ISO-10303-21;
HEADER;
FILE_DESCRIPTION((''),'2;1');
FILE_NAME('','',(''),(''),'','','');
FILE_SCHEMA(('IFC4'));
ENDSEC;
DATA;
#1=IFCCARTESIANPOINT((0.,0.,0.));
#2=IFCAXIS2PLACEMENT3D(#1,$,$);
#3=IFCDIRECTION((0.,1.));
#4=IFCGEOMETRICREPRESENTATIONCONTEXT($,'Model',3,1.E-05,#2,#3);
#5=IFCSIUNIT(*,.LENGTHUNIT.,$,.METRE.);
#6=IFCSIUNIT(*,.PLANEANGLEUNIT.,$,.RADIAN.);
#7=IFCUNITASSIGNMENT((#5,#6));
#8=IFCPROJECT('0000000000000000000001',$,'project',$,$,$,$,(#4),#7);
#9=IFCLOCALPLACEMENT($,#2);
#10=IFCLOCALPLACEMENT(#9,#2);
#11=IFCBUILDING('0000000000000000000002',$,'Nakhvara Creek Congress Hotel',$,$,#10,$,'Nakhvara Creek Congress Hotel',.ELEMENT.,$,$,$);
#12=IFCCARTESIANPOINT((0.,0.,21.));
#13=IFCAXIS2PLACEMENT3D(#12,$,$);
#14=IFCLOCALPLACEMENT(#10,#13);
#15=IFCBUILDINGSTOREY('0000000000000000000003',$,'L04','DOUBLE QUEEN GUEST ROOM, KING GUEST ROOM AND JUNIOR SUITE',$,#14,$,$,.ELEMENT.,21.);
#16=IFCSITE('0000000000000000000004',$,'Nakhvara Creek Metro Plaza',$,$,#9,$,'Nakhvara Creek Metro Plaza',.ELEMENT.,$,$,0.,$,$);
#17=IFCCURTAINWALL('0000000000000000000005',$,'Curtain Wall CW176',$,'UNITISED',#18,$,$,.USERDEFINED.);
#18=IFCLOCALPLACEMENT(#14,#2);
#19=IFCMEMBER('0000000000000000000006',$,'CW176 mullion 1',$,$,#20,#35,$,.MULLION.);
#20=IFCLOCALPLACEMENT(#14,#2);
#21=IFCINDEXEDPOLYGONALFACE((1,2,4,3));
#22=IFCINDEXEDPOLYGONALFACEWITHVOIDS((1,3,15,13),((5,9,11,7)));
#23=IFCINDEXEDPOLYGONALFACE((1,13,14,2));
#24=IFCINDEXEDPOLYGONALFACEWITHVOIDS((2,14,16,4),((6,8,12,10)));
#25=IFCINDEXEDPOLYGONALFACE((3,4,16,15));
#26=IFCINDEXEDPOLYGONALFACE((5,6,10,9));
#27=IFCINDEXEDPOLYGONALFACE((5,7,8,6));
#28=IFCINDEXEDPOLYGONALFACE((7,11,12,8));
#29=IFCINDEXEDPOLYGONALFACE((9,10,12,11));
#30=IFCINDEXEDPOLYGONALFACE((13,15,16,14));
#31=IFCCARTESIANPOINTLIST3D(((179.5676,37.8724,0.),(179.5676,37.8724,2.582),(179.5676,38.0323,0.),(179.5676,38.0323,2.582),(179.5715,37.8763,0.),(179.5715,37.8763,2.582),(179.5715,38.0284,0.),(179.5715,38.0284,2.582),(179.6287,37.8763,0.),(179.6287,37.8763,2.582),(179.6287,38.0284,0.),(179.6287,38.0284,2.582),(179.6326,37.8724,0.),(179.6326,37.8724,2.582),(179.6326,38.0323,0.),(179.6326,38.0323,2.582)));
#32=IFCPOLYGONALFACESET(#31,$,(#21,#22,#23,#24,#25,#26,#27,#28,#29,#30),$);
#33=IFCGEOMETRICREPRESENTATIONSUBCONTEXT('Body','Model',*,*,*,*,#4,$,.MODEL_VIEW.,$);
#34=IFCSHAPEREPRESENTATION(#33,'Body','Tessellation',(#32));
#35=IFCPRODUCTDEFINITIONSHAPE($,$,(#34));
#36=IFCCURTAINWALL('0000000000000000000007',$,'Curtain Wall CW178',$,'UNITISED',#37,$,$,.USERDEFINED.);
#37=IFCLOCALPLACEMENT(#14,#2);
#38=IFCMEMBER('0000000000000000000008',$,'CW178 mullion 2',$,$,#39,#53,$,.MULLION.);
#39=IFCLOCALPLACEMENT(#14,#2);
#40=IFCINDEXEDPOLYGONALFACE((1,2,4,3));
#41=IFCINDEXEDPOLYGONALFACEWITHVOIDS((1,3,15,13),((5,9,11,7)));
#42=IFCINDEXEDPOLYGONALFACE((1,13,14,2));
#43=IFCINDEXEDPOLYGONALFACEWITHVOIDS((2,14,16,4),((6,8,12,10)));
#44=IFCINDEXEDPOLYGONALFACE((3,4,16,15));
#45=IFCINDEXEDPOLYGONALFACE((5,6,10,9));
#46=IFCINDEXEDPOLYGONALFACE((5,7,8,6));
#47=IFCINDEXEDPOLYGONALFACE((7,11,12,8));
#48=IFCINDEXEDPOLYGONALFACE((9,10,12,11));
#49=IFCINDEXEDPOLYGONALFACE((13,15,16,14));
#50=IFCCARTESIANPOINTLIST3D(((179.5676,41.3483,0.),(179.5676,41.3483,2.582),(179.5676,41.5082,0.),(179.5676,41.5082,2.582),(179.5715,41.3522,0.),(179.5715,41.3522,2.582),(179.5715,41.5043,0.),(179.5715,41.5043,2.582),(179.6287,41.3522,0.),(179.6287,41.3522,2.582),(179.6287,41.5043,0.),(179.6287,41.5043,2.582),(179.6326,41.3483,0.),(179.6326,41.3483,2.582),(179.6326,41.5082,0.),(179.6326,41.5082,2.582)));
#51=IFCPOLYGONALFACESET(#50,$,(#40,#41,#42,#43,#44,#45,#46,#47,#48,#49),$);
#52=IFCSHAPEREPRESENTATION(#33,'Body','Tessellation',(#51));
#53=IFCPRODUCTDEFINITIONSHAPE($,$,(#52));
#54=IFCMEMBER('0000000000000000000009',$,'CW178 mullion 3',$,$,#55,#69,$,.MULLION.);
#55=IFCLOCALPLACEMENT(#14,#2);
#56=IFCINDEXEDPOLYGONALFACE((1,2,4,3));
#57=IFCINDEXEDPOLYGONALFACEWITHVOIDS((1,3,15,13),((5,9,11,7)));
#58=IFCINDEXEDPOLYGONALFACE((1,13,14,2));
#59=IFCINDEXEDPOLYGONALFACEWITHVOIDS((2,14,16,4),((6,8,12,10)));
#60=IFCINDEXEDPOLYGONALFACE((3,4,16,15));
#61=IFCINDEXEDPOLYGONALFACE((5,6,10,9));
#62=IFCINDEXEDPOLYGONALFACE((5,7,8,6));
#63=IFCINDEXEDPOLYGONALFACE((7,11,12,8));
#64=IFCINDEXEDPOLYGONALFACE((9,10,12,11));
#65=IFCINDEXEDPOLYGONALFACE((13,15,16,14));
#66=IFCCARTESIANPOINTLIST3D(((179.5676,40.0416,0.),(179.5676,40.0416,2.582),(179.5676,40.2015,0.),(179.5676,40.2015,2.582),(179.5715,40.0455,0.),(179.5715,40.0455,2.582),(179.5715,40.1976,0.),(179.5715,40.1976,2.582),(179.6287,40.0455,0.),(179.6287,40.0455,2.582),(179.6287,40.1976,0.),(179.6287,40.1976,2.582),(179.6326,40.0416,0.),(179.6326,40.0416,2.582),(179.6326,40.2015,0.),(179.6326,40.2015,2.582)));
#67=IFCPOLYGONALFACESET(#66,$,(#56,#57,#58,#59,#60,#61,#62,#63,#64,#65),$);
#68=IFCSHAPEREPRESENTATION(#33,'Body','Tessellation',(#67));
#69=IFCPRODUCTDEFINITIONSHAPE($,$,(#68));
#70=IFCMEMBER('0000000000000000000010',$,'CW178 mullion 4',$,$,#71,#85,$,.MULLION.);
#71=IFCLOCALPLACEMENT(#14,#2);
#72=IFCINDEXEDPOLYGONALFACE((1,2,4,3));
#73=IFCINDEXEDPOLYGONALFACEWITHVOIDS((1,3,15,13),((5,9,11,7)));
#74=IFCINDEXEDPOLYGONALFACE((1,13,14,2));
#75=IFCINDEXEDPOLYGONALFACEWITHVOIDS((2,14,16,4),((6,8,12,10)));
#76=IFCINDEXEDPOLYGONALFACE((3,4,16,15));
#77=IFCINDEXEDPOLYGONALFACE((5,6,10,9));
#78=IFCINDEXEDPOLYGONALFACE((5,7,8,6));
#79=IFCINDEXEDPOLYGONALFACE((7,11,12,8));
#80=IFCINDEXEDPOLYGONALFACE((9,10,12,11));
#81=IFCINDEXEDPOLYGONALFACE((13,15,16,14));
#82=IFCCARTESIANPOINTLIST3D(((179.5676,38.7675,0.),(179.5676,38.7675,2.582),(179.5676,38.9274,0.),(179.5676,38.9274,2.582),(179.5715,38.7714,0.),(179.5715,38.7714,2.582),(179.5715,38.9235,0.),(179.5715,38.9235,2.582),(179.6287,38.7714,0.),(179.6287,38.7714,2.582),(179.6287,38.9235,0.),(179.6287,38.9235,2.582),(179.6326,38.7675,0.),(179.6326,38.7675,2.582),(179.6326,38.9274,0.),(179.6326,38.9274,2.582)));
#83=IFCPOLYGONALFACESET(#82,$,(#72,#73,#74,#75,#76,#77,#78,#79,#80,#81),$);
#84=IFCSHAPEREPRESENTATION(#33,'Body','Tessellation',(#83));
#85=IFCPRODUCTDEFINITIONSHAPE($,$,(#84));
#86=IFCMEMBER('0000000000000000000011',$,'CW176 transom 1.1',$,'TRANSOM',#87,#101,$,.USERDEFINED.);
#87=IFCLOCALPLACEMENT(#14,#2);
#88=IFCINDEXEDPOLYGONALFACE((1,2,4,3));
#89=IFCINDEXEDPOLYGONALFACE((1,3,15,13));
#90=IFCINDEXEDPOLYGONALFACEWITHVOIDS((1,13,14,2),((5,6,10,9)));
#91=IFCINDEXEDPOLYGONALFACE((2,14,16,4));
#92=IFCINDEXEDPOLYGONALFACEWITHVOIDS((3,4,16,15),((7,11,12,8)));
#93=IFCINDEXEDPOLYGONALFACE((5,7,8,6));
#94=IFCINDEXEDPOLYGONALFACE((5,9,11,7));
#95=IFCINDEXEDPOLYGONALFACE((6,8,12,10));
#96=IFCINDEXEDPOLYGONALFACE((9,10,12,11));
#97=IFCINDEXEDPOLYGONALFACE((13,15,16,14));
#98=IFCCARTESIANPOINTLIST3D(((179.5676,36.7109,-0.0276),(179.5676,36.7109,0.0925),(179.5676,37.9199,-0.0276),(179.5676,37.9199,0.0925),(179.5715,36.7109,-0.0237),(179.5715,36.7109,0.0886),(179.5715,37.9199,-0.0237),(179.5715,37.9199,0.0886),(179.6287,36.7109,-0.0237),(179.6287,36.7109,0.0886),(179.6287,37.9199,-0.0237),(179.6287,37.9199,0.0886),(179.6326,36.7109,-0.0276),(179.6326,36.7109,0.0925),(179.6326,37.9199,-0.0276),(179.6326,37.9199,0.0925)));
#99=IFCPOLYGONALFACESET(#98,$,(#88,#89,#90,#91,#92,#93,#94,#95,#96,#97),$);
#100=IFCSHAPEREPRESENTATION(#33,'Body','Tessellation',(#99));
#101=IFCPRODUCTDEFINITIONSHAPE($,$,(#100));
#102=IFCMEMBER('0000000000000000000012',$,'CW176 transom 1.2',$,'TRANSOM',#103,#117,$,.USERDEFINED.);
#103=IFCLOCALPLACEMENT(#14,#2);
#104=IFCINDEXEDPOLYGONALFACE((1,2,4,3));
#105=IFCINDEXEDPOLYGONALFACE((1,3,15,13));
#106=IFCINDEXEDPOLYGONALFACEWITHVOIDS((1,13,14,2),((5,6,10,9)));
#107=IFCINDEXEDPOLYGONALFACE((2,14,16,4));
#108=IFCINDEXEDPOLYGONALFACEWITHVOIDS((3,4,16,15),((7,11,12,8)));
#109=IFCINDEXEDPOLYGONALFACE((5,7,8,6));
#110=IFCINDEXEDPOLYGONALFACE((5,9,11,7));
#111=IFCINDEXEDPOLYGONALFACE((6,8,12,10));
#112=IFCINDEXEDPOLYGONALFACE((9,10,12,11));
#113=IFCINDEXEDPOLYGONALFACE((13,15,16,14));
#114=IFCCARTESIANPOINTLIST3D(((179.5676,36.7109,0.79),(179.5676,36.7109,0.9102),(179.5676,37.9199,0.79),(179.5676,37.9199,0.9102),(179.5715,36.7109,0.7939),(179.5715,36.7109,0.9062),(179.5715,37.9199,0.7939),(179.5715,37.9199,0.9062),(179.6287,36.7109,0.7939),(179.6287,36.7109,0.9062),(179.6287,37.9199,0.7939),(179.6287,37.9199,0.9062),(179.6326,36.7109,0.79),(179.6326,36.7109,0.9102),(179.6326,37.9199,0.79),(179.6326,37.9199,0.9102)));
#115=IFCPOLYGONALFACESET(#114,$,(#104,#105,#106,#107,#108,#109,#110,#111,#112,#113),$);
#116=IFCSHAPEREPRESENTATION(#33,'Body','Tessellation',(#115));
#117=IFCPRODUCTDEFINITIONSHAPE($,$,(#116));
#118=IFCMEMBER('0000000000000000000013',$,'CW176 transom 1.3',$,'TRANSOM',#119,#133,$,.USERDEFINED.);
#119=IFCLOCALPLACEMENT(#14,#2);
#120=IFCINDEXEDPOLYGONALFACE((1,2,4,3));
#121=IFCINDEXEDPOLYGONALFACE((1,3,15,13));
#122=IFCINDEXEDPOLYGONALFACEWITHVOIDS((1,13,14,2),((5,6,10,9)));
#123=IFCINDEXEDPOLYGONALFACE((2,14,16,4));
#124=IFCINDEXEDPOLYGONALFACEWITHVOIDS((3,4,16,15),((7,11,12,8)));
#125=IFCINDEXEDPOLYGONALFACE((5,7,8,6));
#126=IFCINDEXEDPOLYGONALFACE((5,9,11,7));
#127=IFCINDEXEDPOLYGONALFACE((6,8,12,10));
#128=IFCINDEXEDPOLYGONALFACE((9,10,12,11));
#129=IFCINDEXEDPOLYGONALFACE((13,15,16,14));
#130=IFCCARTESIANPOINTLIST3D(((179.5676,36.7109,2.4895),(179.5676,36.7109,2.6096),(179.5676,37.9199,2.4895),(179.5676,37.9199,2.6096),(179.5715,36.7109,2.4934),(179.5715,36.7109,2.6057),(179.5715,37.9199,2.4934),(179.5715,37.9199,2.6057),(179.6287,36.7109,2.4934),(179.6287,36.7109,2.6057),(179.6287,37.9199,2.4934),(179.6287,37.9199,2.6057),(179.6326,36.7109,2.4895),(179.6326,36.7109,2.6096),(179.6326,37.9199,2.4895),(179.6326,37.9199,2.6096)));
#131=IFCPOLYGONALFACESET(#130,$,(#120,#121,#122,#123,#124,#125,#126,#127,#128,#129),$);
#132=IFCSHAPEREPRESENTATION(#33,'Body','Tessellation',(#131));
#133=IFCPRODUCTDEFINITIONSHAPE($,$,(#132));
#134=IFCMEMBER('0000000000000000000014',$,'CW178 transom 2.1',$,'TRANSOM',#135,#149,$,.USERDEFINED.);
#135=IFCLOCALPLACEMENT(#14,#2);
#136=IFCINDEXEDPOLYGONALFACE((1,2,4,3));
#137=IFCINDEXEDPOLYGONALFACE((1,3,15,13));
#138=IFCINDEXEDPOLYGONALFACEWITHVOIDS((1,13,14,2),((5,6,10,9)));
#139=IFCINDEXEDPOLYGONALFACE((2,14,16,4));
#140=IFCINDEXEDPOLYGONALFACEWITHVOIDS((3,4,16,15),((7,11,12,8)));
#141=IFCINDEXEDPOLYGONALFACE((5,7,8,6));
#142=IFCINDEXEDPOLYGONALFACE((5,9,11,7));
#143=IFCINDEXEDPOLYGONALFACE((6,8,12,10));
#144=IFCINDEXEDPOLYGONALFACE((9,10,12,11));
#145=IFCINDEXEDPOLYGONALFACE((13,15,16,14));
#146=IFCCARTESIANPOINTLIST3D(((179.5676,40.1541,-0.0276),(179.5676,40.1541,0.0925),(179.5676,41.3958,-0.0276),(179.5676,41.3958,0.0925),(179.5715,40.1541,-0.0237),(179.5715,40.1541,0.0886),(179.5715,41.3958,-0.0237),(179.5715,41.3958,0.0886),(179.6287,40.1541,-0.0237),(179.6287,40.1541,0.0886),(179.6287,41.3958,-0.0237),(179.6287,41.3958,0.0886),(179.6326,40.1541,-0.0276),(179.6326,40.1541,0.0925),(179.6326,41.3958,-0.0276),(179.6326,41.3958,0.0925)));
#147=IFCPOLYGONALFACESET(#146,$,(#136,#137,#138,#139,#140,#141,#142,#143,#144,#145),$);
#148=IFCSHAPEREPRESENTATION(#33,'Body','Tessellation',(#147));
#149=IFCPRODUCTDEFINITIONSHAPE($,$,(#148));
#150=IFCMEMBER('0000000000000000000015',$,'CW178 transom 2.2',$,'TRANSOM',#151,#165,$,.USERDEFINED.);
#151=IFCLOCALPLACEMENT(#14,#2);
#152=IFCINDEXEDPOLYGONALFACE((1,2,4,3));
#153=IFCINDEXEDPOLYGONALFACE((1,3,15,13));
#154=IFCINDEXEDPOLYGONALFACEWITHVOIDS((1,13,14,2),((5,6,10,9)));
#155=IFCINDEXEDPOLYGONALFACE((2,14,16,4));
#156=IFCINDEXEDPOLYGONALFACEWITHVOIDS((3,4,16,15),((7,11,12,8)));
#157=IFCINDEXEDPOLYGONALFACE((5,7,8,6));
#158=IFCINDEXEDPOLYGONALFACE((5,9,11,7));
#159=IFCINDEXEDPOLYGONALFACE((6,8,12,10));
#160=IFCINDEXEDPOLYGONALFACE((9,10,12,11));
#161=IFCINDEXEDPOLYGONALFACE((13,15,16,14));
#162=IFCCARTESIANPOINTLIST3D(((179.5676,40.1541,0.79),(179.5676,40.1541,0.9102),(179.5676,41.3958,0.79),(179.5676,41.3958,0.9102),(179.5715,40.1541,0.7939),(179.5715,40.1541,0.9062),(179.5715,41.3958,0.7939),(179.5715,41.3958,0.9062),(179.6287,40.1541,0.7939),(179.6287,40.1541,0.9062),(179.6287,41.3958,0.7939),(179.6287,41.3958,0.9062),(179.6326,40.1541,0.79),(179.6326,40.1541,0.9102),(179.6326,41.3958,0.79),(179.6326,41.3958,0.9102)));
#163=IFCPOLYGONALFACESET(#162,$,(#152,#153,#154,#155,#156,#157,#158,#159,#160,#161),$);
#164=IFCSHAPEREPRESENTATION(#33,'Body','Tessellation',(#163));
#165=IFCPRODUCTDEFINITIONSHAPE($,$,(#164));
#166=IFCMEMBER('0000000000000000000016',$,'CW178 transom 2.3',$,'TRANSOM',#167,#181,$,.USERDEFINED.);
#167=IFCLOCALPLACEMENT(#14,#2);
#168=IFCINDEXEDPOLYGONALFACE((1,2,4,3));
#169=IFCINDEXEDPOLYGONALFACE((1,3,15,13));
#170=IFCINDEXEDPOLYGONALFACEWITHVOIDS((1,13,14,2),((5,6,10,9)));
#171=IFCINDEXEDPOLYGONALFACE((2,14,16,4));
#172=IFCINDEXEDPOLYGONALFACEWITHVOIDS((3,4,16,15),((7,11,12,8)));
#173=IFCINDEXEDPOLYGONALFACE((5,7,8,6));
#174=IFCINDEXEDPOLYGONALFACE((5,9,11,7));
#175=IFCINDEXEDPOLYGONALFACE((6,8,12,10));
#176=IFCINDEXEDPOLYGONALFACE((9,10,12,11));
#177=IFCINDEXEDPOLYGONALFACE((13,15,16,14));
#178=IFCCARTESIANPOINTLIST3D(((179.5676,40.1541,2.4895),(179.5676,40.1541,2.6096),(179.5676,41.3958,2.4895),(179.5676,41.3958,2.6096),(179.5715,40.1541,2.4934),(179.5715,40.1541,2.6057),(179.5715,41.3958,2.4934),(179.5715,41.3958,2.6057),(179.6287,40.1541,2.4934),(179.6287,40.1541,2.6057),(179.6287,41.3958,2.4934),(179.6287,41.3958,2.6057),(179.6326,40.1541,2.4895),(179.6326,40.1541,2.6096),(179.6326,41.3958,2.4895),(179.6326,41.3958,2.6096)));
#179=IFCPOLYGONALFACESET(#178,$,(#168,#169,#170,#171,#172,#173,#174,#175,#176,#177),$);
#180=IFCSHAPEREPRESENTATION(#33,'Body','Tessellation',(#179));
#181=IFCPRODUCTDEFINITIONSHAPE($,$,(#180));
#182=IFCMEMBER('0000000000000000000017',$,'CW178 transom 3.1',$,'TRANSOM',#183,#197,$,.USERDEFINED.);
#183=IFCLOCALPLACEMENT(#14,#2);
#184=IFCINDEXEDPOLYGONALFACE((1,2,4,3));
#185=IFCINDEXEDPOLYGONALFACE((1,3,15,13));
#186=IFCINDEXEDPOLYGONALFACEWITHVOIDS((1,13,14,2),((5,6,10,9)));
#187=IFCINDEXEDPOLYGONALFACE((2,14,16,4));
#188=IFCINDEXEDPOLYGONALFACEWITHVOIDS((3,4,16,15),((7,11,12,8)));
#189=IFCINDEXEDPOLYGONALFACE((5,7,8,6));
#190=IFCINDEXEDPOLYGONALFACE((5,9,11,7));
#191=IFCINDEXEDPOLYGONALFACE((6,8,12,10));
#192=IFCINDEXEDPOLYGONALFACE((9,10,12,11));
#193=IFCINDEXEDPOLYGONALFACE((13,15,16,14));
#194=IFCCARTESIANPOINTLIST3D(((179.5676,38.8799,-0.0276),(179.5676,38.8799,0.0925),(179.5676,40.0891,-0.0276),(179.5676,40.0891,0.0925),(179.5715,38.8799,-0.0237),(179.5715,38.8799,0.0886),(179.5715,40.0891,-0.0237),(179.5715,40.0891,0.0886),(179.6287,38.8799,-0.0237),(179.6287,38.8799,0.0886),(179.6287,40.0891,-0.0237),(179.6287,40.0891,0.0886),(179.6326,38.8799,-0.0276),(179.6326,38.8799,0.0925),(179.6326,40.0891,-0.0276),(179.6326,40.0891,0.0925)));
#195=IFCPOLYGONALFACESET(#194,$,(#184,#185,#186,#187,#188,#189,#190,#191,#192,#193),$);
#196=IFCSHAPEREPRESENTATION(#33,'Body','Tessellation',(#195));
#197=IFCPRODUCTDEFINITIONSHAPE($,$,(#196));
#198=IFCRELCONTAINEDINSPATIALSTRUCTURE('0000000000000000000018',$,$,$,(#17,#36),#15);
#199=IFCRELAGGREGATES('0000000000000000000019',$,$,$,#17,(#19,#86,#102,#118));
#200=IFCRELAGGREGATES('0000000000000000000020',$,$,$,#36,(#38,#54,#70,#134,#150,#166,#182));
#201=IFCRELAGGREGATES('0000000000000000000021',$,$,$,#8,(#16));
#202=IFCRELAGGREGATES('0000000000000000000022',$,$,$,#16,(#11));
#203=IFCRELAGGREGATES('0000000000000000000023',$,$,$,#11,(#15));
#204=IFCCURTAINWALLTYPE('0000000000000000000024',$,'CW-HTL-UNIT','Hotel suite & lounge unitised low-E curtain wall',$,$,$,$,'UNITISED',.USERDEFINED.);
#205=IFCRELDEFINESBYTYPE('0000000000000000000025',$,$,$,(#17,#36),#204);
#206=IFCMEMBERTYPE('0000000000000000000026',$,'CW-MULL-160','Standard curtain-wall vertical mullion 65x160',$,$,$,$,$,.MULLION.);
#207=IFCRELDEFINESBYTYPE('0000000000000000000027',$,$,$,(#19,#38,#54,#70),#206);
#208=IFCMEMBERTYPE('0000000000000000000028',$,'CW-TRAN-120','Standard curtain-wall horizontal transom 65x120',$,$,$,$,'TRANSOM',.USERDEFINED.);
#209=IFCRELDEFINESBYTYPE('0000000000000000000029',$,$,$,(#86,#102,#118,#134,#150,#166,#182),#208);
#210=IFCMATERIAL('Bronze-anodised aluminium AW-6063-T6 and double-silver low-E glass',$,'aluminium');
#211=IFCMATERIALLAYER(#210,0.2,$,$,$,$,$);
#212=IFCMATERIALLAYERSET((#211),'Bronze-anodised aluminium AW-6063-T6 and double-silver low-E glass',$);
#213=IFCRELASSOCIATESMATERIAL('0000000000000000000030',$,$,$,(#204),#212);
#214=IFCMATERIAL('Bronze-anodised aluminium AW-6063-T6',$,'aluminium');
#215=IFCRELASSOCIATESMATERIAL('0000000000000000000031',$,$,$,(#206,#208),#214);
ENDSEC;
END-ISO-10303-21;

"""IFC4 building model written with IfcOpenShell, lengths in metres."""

from ifc_helpers import new_model, si_unit, direction, frame, origin, origin_2d, place, context, subcontext, project, spatial, hollow_rectangle, extrude, material, layer, layer_set, material_profile, profile_set, type_object, element, aggregate, save


model = new_model("IFC4")

# Units and contexts
model_context = context("Model", 3, precision=1e-05, world=origin(), true_north=direction((0.0, 1.0)))
body_context = subcontext(model_context, "Body", "Model", "MODEL_VIEW")
ifc_project = project(units=[si_unit("LENGTHUNIT", "METRE"), si_unit("PLANEANGLEUNIT", "RADIAN")], contexts=[model_context])

# Site, building, storey
site_placement = place(None, origin())
site = spatial("IfcSite", under=ifc_project, at=site_placement, Name="Nakhvara Creek Metro Plaza", LongName="Nakhvara Creek Metro Plaza", CompositionType="ELEMENT", RefElevation=0.0)
building_placement = place(site_placement, origin())
building = spatial("IfcBuilding", under=site, at=building_placement, Name="Nakhvara Creek Congress Hotel", LongName="Nakhvara Creek Congress Hotel", CompositionType="ELEMENT")
storey_placement = place(building_placement, frame((0.0, 0.0, 21.0)))
storey = spatial("IfcBuildingStorey", under=building, at=storey_placement, Name="L04", Description="DOUBLE QUEEN GUEST ROOM, KING GUEST ROOM AND JUNIOR SUITE", CompositionType="ELEMENT", Elevation=21.0)

# Curtain wall, member
ifc_material_1 = material(Name="Bronze-anodised aluminium AW-6063-T6 and double-silver low-E glass", Category="aluminium")
ifc_layer_1 = layer(ifc_material_1, 0.2)
ifc_layer_set_1 = layer_set([ifc_layer_1], Name="Bronze-anodised aluminium AW-6063-T6 and double-silver low-E glass")
curtain_wall_type = type_object("IfcCurtainWallType", Name="CW-HTL-UNIT", Description="Hotel suite & lounge unitised low-E curtain wall", ElementType="UNITISED", PredefinedType="USERDEFINED", material=ifc_layer_set_1)
curtain_wall_1_placement = place(storey_placement, origin())
curtain_wall_1 = element("IfcCurtainWall", 1, at=curtain_wall_1_placement, inside=storey, type_object=curtain_wall_type, Name="Curtain Wall CW176", ObjectType="UNITISED", PredefinedType="USERDEFINED")
ifc_material_2 = material(Name="Bronze-anodised aluminium AW-6063-T6", Category="aluminium")
ifc_material_profile_1 = material_profile(ifc_material_2, hollow_rectangle(XDim=0.0649, YDim=0.1599, WallThickness=0.0039, at=origin_2d()), Name="ALU-MULL 65x160x4", Category="LoadBearing")
ifc_profile_set_1 = profile_set([ifc_material_profile_1], Name="Bronze-anodised aluminium AW-6063-T6")
member_type_1 = type_object("IfcMemberType", Name="CW-MULL-160", Description="Standard curtain-wall vertical mullion 65x160", PredefinedType="MULLION", material=ifc_profile_set_1)
member_1_placement = place(storey_placement, frame((179.6001, 37.9524, 0.0), z_axis=(0.0, 0.0, 1.0), x_axis=(1.0, 0.0, 0.0)))
member_1 = element("IfcMember", 2, at=member_1_placement, type_object=member_type_1, Name="CW176 mullion 1", PredefinedType="MULLION", context=body_context, shape_type="SweptSolid", body=[
    extrude(hollow_rectangle(XDim=0.0649, YDim=0.1599, WallThickness=0.0039, at=origin_2d()), origin(), (0.0, 0.0, 1.0), 2.582),
])

# Curtain wall, members
curtain_wall_2_placement = place(storey_placement, origin())
curtain_wall_2 = element("IfcCurtainWall", 3, at=curtain_wall_2_placement, inside=storey, type_object=curtain_wall_type, Name="Curtain Wall CW178", ObjectType="UNITISED", PredefinedType="USERDEFINED")
member_2_placement = place(storey_placement, frame((179.6001, 41.4282, 0.0), z_axis=(0.0, 0.0, 1.0), x_axis=(1.0, 0.0, 0.0)))
member_2 = element("IfcMember", 4, at=member_2_placement, type_object=member_type_1, Name="CW178 mullion 2", PredefinedType="MULLION", context=body_context, shape_type="SweptSolid", body=[
    extrude(hollow_rectangle(XDim=0.0649, YDim=0.1599, WallThickness=0.0039, at=origin_2d()), origin(), (0.0, 0.0, 1.0), 2.582),
])
member_3_placement = place(storey_placement, frame((179.6001, 40.1216, 0.0), z_axis=(0.0, 0.0, 1.0), x_axis=(1.0, 0.0, 0.0)))
member_3 = element("IfcMember", 5, at=member_3_placement, type_object=member_type_1, Name="CW178 mullion 3", PredefinedType="MULLION", context=body_context, shape_type="SweptSolid", body=[
    extrude(hollow_rectangle(XDim=0.0649, YDim=0.1599, WallThickness=0.0039, at=origin_2d()), origin(), (0.0, 0.0, 1.0), 2.582),
])
member_4_placement = place(storey_placement, frame((179.6001, 38.8474, 0.0), z_axis=(0.0, 0.0, 1.0), x_axis=(1.0, 0.0, 0.0)))
member_4 = element("IfcMember", 6, at=member_4_placement, type_object=member_type_1, Name="CW178 mullion 4", PredefinedType="MULLION", context=body_context, shape_type="SweptSolid", body=[
    extrude(hollow_rectangle(XDim=0.0649, YDim=0.1599, WallThickness=0.0039, at=origin_2d()), origin(), (0.0, 0.0, 1.0), 2.582),
])

# Members
ifc_material_profile_2 = material_profile(ifc_material_2, hollow_rectangle(XDim=0.0649, YDim=0.1201, WallThickness=0.0039, at=origin_2d()), Name="ALU-TRAN 65x120x4", Category="LoadBearing")
ifc_profile_set_2 = profile_set([ifc_material_profile_2], Name="Bronze-anodised aluminium AW-6063-T6")
member_type_2 = type_object("IfcMemberType", Name="CW-TRAN-120", Description="Standard curtain-wall horizontal transom 65x120", ElementType="TRANSOM", PredefinedType="USERDEFINED", material=ifc_profile_set_2)
member_5_placement = place(storey_placement, frame((179.6001, 37.9199, 0.0325), z_axis=(0.0, -1.0, 0.0), x_axis=(1.0, 0.0, 0.0)))
member_5 = element("IfcMember", 7, at=member_5_placement, type_object=member_type_2, Name="CW176 transom 1.1", ObjectType="TRANSOM", PredefinedType="USERDEFINED", context=body_context, shape_type="SweptSolid", body=[
    extrude(hollow_rectangle(XDim=0.0649, YDim=0.1201, WallThickness=0.0039, at=origin_2d()), origin(), (0.0, 0.0, 1.0), 1.209),
])
member_6_placement = place(storey_placement, frame((179.6001, 37.9199, 0.8501), z_axis=(0.0, -1.0, 0.0), x_axis=(1.0, 0.0, 0.0)))
member_6 = element("IfcMember", 8, at=member_6_placement, type_object=member_type_2, Name="CW176 transom 1.2", ObjectType="TRANSOM", PredefinedType="USERDEFINED", context=body_context, shape_type="SweptSolid", body=[
    extrude(hollow_rectangle(XDim=0.0649, YDim=0.1201, WallThickness=0.0039, at=origin_2d()), origin(), (0.0, 0.0, 1.0), 1.209),
])
member_7_placement = place(storey_placement, frame((179.6001, 37.9199, 2.5496), z_axis=(0.0, -1.0, 0.0), x_axis=(1.0, 0.0, 0.0)))
member_7 = element("IfcMember", 9, at=member_7_placement, type_object=member_type_2, Name="CW176 transom 1.3", ObjectType="TRANSOM", PredefinedType="USERDEFINED", context=body_context, shape_type="SweptSolid", body=[
    extrude(hollow_rectangle(XDim=0.0649, YDim=0.1201, WallThickness=0.0039, at=origin_2d()), origin(), (0.0, 0.0, 1.0), 1.209),
])
aggregate(curtain_wall_1, [member_1, member_5, member_6, member_7])
member_8_placement = place(storey_placement, frame((179.6001, 41.3958, 0.0325), z_axis=(0.0, -1.0, 0.0), x_axis=(1.0, 0.0, 0.0)))
member_8 = element("IfcMember", 10, at=member_8_placement, type_object=member_type_2, Name="CW178 transom 2.1", ObjectType="TRANSOM", PredefinedType="USERDEFINED", context=body_context, shape_type="SweptSolid", body=[
    extrude(hollow_rectangle(XDim=0.0649, YDim=0.1201, WallThickness=0.0039, at=origin_2d()), origin(), (0.0, 0.0, 1.0), 1.2417),
])
member_9_placement = place(storey_placement, frame((179.6001, 41.3958, 0.8501), z_axis=(0.0, -1.0, 0.0), x_axis=(1.0, 0.0, 0.0)))
member_9 = element("IfcMember", 11, at=member_9_placement, type_object=member_type_2, Name="CW178 transom 2.2", ObjectType="TRANSOM", PredefinedType="USERDEFINED", context=body_context, shape_type="SweptSolid", body=[
    extrude(hollow_rectangle(XDim=0.0649, YDim=0.1201, WallThickness=0.0039, at=origin_2d()), origin(), (0.0, 0.0, 1.0), 1.2417),
])
member_10_placement = place(storey_placement, frame((179.6001, 41.3958, 2.5496), z_axis=(0.0, -1.0, 0.0), x_axis=(1.0, 0.0, 0.0)))
member_10 = element("IfcMember", 12, at=member_10_placement, type_object=member_type_2, Name="CW178 transom 2.3", ObjectType="TRANSOM", PredefinedType="USERDEFINED", context=body_context, shape_type="SweptSolid", body=[
    extrude(hollow_rectangle(XDim=0.0649, YDim=0.1201, WallThickness=0.0039, at=origin_2d()), origin(), (0.0, 0.0, 1.0), 1.2417),
])
member_11_placement = place(storey_placement, frame((179.6001, 40.0891, 0.0325), z_axis=(0.0, -1.0, 0.0), x_axis=(1.0, 0.0, 0.0)))
member_11 = element("IfcMember", 13, at=member_11_placement, type_object=member_type_2, Name="CW178 transom 3.1", ObjectType="TRANSOM", PredefinedType="USERDEFINED", context=body_context, shape_type="SweptSolid", body=[
    extrude(hollow_rectangle(XDim=0.0649, YDim=0.1201, WallThickness=0.0039, at=origin_2d()), origin(), (0.0, 0.0, 1.0), 1.2092),
])

aggregate(curtain_wall_2, [member_2, member_3, member_4, member_8, member_9, member_10, member_11])

save(model, "model.ifc")
